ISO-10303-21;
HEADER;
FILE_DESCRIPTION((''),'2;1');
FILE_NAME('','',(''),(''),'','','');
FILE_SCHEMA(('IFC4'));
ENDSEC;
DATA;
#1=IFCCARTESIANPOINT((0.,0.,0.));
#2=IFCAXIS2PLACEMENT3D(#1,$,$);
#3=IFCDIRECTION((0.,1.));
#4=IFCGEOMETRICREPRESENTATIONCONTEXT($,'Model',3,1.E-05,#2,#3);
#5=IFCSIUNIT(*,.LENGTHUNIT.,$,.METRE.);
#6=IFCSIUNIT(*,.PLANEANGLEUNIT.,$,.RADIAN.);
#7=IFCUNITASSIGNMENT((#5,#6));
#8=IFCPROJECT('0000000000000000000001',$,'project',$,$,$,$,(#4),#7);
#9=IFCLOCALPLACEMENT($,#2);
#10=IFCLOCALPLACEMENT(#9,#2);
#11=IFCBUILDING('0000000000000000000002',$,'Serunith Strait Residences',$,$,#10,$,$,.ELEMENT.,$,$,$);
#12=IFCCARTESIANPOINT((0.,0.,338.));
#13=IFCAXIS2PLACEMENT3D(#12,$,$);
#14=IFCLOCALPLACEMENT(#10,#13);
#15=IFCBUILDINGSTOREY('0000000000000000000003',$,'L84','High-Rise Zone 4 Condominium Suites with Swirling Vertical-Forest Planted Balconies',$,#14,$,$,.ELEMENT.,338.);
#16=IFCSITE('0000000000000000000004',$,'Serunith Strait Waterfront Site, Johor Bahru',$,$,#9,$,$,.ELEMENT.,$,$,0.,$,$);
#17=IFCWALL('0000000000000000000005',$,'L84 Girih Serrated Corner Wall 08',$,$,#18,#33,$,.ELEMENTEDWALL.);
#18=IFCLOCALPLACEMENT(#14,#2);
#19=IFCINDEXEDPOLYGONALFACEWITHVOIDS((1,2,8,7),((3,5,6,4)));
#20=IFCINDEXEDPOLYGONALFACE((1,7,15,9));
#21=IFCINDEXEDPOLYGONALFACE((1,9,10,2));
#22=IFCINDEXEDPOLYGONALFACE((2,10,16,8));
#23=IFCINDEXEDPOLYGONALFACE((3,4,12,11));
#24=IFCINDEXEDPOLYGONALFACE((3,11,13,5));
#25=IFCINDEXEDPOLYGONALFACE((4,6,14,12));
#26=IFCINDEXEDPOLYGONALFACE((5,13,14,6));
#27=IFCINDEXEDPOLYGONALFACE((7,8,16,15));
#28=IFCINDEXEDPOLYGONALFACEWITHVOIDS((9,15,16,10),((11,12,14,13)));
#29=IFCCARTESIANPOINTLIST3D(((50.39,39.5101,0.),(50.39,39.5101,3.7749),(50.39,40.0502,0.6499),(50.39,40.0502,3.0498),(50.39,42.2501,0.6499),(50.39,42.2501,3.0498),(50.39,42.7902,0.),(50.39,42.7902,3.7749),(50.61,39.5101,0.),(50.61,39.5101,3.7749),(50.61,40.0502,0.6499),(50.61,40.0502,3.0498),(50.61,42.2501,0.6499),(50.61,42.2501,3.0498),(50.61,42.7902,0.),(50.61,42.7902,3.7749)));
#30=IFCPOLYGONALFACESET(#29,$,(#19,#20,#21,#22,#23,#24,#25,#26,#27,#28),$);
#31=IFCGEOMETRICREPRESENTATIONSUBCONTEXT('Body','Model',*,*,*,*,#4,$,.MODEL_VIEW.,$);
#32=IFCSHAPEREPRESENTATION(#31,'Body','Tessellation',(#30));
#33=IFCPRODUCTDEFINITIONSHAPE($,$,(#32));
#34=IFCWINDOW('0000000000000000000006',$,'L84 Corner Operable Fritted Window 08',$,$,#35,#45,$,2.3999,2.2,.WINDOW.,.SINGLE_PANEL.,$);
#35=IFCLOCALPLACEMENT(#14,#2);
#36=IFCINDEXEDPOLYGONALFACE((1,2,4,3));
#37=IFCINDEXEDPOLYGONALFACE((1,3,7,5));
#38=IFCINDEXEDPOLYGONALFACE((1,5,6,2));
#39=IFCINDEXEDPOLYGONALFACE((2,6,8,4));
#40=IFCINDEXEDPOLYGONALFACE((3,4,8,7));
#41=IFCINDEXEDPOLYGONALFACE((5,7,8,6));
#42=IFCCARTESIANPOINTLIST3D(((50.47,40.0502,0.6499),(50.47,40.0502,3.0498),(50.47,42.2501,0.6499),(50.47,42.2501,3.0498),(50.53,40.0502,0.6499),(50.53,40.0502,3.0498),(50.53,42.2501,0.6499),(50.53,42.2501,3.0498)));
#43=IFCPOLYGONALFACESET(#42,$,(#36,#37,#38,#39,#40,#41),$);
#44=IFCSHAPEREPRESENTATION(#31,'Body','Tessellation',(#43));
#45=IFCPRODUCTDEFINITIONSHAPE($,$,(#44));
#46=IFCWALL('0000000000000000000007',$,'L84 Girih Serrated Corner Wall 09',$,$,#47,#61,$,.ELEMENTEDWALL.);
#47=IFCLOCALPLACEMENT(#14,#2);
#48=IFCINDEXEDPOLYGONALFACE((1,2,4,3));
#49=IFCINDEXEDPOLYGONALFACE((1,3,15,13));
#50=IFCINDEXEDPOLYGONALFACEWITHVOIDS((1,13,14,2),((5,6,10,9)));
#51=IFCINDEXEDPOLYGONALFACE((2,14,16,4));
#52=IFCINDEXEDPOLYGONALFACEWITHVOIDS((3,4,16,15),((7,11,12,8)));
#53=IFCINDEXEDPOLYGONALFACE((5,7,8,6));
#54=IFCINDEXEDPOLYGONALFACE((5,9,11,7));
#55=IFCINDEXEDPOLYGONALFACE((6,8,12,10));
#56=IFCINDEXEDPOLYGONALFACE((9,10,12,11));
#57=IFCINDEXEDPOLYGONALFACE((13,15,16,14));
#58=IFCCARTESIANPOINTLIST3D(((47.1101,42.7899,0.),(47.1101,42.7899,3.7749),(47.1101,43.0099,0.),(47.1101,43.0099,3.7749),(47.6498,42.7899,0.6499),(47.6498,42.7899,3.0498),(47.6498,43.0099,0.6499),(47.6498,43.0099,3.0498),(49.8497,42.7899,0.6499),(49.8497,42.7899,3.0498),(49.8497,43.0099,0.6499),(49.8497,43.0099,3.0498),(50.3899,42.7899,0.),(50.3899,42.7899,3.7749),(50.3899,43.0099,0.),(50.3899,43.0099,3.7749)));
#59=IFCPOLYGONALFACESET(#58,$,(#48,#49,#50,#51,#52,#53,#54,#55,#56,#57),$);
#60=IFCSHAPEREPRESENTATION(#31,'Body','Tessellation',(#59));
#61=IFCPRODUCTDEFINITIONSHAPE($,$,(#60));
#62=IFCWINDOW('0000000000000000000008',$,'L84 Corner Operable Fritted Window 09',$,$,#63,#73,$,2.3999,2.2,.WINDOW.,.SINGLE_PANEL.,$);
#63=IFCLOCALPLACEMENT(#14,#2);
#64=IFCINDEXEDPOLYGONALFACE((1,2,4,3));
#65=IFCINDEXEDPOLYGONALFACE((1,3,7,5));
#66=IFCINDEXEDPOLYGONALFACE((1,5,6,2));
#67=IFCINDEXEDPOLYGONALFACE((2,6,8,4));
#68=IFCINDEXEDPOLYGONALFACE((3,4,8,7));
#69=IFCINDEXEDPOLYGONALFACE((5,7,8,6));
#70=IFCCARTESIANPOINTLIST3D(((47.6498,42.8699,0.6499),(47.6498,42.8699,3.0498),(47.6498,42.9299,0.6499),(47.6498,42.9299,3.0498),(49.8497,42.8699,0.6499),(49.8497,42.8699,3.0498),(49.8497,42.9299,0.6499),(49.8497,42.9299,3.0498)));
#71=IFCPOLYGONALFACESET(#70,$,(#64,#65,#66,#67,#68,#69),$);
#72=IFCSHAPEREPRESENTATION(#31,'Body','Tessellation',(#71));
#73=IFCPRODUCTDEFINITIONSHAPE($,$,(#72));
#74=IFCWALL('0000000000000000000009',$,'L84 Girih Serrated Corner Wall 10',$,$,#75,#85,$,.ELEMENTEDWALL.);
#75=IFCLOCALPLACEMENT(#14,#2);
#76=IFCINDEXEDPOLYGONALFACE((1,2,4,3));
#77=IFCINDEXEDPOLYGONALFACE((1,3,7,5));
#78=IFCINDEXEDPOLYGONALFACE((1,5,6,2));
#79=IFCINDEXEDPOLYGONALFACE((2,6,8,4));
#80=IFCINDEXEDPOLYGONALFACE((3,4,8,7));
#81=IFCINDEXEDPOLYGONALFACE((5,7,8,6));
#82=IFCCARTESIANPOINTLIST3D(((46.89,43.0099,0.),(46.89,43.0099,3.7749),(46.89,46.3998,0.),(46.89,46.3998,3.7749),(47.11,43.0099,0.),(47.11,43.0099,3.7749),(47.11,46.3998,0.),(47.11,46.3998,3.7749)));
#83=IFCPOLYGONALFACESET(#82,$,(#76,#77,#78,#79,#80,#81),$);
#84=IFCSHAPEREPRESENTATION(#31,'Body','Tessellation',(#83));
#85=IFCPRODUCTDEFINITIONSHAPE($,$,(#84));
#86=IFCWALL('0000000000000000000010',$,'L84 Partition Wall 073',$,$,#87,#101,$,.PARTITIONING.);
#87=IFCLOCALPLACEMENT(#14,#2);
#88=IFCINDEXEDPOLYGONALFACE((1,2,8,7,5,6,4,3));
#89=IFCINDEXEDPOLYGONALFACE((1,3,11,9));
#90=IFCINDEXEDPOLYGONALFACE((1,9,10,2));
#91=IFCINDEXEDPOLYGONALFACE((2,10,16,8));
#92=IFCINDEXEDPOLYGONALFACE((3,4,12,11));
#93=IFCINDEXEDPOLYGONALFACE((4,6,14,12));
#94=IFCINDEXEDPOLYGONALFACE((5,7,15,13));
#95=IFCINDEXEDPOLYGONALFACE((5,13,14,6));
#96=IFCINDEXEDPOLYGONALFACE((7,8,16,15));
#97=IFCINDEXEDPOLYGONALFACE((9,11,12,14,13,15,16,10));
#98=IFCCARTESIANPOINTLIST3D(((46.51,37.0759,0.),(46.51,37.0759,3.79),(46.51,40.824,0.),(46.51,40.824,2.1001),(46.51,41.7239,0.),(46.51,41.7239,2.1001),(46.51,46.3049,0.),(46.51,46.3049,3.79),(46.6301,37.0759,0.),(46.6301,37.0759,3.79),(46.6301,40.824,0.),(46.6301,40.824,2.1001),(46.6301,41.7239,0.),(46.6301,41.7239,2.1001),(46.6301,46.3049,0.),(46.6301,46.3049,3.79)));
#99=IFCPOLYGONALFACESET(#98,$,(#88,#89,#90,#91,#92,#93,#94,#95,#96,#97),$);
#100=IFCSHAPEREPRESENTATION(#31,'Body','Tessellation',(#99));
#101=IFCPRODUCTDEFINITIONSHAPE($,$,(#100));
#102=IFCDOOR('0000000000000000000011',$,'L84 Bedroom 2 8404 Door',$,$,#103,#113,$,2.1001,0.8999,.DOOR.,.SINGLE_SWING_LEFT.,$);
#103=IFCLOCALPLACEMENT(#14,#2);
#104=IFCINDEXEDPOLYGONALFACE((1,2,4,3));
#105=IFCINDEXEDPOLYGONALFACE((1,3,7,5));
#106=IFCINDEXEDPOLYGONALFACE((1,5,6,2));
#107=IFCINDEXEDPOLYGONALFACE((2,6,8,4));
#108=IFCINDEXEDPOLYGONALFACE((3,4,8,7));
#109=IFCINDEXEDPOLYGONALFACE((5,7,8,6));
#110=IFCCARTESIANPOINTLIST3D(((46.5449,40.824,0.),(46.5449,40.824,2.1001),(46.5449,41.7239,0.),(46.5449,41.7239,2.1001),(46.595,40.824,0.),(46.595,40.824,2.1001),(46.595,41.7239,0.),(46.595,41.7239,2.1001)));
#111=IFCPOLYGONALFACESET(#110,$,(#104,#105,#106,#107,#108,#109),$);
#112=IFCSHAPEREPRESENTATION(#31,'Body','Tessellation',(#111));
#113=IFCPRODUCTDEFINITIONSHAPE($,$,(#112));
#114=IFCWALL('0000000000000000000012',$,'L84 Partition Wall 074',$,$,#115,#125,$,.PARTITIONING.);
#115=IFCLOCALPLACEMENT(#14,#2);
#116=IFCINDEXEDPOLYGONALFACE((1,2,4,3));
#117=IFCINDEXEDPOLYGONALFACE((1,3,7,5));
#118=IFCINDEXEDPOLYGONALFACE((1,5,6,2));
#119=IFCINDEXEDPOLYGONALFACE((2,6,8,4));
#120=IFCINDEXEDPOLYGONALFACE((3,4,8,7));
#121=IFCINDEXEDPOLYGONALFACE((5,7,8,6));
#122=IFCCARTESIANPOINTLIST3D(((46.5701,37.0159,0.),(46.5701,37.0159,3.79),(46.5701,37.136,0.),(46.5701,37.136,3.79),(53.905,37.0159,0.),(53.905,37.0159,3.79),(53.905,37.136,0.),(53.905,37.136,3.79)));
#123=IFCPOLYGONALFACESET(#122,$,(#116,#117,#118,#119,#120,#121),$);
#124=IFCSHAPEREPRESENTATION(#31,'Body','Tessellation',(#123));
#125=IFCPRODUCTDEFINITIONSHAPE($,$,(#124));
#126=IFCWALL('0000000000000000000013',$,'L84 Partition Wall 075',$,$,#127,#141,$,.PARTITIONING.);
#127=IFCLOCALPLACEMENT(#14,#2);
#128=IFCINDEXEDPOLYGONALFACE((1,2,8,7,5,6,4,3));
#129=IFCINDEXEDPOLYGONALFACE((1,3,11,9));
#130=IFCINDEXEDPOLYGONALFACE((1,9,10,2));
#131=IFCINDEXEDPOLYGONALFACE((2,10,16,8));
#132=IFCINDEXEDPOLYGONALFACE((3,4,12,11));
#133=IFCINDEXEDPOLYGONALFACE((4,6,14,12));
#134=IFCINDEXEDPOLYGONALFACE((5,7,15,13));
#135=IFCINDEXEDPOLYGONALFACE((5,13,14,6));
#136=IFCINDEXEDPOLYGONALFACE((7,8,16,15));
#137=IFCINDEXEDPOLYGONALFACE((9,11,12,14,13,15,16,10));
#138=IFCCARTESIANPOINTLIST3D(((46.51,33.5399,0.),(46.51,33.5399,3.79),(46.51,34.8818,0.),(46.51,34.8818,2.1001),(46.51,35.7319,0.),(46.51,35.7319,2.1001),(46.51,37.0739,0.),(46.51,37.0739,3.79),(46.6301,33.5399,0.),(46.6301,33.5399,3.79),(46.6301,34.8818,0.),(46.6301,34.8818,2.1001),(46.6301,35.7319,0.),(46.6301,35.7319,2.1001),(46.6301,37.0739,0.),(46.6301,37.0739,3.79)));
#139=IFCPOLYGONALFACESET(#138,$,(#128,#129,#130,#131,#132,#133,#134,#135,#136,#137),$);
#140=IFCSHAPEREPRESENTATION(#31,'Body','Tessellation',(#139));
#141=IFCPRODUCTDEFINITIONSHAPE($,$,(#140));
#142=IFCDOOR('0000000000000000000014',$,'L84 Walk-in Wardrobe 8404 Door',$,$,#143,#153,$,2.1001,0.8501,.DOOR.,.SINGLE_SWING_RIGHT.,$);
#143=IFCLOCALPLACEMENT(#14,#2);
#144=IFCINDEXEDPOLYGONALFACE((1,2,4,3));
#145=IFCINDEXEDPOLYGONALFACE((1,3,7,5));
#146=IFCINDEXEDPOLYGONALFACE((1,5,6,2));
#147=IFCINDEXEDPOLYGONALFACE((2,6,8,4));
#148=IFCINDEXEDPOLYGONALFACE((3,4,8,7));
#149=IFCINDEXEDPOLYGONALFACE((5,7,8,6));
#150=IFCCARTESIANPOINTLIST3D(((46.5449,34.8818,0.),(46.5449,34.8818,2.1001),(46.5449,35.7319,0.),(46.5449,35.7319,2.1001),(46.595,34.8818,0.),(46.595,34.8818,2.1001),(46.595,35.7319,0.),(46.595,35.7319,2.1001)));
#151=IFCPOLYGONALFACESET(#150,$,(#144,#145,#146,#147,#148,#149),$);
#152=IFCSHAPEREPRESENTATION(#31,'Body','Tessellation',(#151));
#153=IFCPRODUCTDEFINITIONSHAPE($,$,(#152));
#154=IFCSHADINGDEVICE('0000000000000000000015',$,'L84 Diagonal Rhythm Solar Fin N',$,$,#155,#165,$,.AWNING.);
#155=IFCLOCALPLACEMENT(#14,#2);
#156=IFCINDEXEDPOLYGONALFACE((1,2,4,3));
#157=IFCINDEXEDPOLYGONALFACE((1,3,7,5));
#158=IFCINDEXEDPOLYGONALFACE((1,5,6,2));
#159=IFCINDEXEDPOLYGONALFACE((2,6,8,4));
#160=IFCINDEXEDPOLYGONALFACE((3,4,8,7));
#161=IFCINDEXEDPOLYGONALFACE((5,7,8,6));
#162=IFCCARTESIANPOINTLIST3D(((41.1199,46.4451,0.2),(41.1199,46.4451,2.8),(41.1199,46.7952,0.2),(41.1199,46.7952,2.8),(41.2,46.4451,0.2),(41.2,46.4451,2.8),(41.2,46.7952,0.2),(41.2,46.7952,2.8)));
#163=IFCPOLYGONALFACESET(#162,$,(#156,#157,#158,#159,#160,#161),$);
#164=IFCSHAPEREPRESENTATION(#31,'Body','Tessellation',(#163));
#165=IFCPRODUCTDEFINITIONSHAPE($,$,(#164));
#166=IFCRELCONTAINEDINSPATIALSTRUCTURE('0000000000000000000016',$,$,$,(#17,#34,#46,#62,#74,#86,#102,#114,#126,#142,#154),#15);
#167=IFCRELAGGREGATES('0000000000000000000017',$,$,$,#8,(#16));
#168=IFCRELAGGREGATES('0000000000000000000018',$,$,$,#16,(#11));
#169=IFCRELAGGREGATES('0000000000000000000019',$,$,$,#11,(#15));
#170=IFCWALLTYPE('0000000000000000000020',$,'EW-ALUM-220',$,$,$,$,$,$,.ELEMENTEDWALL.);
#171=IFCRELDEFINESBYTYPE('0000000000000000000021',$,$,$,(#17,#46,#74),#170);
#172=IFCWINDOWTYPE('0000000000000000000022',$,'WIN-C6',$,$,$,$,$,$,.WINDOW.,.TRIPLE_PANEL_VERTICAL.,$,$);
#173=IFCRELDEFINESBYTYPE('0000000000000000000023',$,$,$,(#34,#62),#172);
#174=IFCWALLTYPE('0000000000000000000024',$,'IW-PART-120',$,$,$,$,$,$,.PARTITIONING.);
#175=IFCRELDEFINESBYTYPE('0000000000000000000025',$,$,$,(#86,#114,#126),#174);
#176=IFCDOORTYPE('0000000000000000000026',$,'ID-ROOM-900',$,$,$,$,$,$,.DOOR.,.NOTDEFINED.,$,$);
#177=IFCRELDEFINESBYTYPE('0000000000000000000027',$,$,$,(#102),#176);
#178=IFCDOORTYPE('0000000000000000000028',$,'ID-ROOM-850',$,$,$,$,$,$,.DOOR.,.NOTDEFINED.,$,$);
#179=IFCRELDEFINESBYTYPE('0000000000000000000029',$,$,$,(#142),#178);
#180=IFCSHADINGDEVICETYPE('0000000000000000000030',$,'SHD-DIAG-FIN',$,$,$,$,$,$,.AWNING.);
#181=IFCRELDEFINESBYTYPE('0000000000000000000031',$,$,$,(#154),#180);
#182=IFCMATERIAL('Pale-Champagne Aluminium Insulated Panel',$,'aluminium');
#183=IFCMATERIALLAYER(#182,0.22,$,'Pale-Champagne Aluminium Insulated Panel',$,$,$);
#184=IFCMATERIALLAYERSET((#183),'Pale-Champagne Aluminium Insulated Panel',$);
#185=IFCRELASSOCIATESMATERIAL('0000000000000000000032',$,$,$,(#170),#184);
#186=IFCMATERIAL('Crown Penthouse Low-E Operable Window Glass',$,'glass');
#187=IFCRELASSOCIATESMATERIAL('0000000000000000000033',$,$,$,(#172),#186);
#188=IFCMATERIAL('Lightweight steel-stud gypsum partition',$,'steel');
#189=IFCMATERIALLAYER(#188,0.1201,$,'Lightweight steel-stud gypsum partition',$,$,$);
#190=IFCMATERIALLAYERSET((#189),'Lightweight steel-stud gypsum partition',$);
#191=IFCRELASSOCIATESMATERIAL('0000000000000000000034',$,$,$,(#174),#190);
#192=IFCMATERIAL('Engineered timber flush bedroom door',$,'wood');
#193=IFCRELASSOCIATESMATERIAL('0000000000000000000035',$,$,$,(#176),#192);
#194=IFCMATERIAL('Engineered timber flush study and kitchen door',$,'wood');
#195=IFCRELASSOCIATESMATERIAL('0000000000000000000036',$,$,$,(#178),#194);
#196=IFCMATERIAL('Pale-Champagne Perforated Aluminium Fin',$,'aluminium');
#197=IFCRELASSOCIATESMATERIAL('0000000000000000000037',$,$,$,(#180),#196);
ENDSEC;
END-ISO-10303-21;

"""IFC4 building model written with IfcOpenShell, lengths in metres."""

from ifc_helpers import new_model, si_unit, direction, frame, frame_2d, origin, origin_2d, place, context, subcontext, project, spatial, rectangle, extrude, source, transform, mapped, material, layer, layer_set, type_object, element, fill, save


model = new_model("IFC4")

# Units and contexts
model_context = context("Model", 3, precision=1e-05, world=origin(), true_north=direction((0.0, 1.0)))
body_context = subcontext(model_context, "Body", "Model", "MODEL_VIEW")
ifc_project = project(units=[si_unit("LENGTHUNIT", "METRE"), si_unit("PLANEANGLEUNIT", "RADIAN")], contexts=[model_context])

# Site, building, storey
site_placement = place(None, origin())
site = spatial("IfcSite", under=ifc_project, at=site_placement, Name="Serunith Strait Waterfront Site, Johor Bahru", CompositionType="ELEMENT", RefElevation=0.0)
building_placement = place(site_placement, origin())
building = spatial("IfcBuilding", under=site, at=building_placement, Name="Serunith Strait Residences", CompositionType="ELEMENT")
storey_placement = place(building_placement, frame((0.0, 0.0, 338.0)))
storey = spatial("IfcBuildingStorey", under=building, at=storey_placement, Name="L84", Description="High-Rise Zone 4 Condominium Suites with Swirling Vertical-Forest Planted Balconies", CompositionType="ELEMENT", Elevation=338.0)

# Walls, openings, windows
ifc_material_1 = material(Name="Pale-Champagne Aluminium Insulated Panel", Category="aluminium")
ifc_layer_1 = layer(ifc_material_1, 0.22, Name="Pale-Champagne Aluminium Insulated Panel")
ifc_layer_set_1 = layer_set([ifc_layer_1], Name="Pale-Champagne Aluminium Insulated Panel")
wall_type_1 = type_object("IfcWallType", Name="EW-ALUM-220", PredefinedType="ELEMENTEDWALL", material=ifc_layer_set_1)
ifc_material_2 = material(Name="Crown Penthouse Low-E Operable Window Glass", Category="glass")
window_type = type_object("IfcWindowType", Name="WIN-C6", PartitioningType="TRIPLE_PANEL_VERTICAL", PredefinedType="WINDOW", material=ifc_material_2)
shared_shape_1 = source(origin(), body_context, "Body", "SweptSolid", [
    extrude(rectangle(XDim=2.2, YDim=2.3999, at=frame_2d((1.1001, 1.2))), frame((0.0, 0.03, 0.0), z_axis=(0.0, -1.0, 0.0), x_axis=(1.0, 0.0, 0.0)), (0.0, 0.0, 1.0), 0.0601),
])
wall_1_placement = place(storey_placement, frame((50.5, 39.51, 0.0), z_axis=(0.0, 0.0, 1.0), x_axis=(0.0, 1.0, 0.0)))
wall_1 = element("IfcWall", 1, at=wall_1_placement, inside=storey, type_object=wall_type_1, Name="L84 Girih Serrated Corner Wall 08", PredefinedType="ELEMENTEDWALL", context=body_context, shape_type="SweptSolid", body=[
    extrude(rectangle(XDim=3.28, YDim=0.22, at=frame_2d((1.6401, 0.0))), origin(), (0.0, 0.0, 1.0), 3.7749),
])
opening_1_placement = place(wall_1_placement, frame((0.54, 0.0, 0.6499)))
opening_1 = element("IfcOpeningElement", 2, at=opening_1_placement, cuts=wall_1, PredefinedType="OPENING", context=body_context, shape_type="SweptSolid", body=[
    extrude(rectangle(XDim=2.2, YDim=2.3999, at=frame_2d((1.1001, 1.2))), frame((0.0, 0.1201, 0.0), z_axis=(0.0, -1.0, 0.0), x_axis=(1.0, 0.0, 0.0)), (0.0, 0.0, 1.0), 0.24),
])
window_1_placement = place(opening_1_placement, origin())
window_1 = element("IfcWindow", 3, at=window_1_placement, inside=storey, type_object=window_type, Name="L84 Corner Operable Fritted Window 08", OverallHeight=2.3999, OverallWidth=2.2, PartitioningType="SINGLE_PANEL", PredefinedType="WINDOW", context=body_context, shape_type="MappedRepresentation", body=[
    mapped(shared_shape_1, transform((0.0, 0.0, 0.0), scale=1.0)),
])
fill(opening_1, window_1)
wall_2_placement = place(storey_placement, frame((50.3899, 42.8999, 0.0), z_axis=(0.0, 0.0, 1.0), x_axis=(-1.0, 0.0, 0.0)))
wall_2 = element("IfcWall", 4, at=wall_2_placement, inside=storey, type_object=wall_type_1, Name="L84 Girih Serrated Corner Wall 09", PredefinedType="ELEMENTEDWALL", context=body_context, shape_type="SweptSolid", body=[
    extrude(rectangle(XDim=3.2798, YDim=0.22, at=frame_2d((1.6399, 0.0))), origin(), (0.0, 0.0, 1.0), 3.7749),
])
opening_2_placement = place(wall_2_placement, frame((0.54, 0.0, 0.6499)))
opening_2 = element("IfcOpeningElement", 5, at=opening_2_placement, cuts=wall_2, PredefinedType="OPENING", context=body_context, shape_type="SweptSolid", body=[
    extrude(rectangle(XDim=2.2, YDim=2.3999, at=frame_2d((1.1001, 1.2))), frame((0.0, 0.1201, 0.0), z_axis=(0.0, -1.0, 0.0), x_axis=(1.0, 0.0, 0.0)), (0.0, 0.0, 1.0), 0.24),
])
window_2_placement = place(opening_2_placement, origin())
window_2 = element("IfcWindow", 6, at=window_2_placement, inside=storey, type_object=window_type, Name="L84 Corner Operable Fritted Window 09", OverallHeight=2.3999, OverallWidth=2.2, PartitioningType="SINGLE_PANEL", PredefinedType="WINDOW", context=body_context, shape_type="MappedRepresentation", body=[
    mapped(shared_shape_1, transform((0.0, 0.0, 0.0), scale=1.0)),
])
fill(opening_2, window_2)

# Wall
wall_3_placement = place(storey_placement, frame((47.0, 43.01, 0.0), z_axis=(0.0, 0.0, 1.0), x_axis=(0.0, 1.0, 0.0)))
element("IfcWall", 7, at=wall_3_placement, inside=storey, type_object=wall_type_1, Name="L84 Girih Serrated Corner Wall 10", PredefinedType="ELEMENTEDWALL", context=body_context, shape_type="SweptSolid", body=[
    extrude(rectangle(XDim=3.3899, YDim=0.22, at=frame_2d((1.6948, 0.0))), origin(), (0.0, 0.0, 1.0), 3.7749),
])

# Wall, opening, door
ifc_material_3 = material(Name="Lightweight steel-stud gypsum partition", Category="steel")
ifc_layer_2 = layer(ifc_material_3, 0.1201, Name="Lightweight steel-stud gypsum partition")
ifc_layer_set_2 = layer_set([ifc_layer_2], Name="Lightweight steel-stud gypsum partition")
wall_type_2 = type_object("IfcWallType", Name="IW-PART-120", PredefinedType="PARTITIONING", material=ifc_layer_set_2)
wall_4_placement = place(storey_placement, frame((46.5701, 46.3049, 0.0), z_axis=(0.0, 0.0, 1.0), x_axis=(0.0, -1.0, 0.0)))
wall_4 = element("IfcWall", 8, at=wall_4_placement, inside=storey, type_object=wall_type_2, Name="L84 Partition Wall 073", PredefinedType="PARTITIONING", context=body_context, shape_type="SweptSolid", body=[
    extrude(rectangle(XDim=9.229, YDim=0.1201, at=frame_2d((4.6145, 0.0))), origin(), (0.0, 0.0, 1.0), 3.79),
])
opening_3_placement = place(wall_4_placement, frame((4.5811, 0.0, 0.0)))
opening_3 = element("IfcOpeningElement", 9, at=opening_3_placement, cuts=wall_4, PredefinedType="OPENING", context=body_context, shape_type="SweptSolid", body=[
    extrude(rectangle(XDim=0.8999, YDim=2.1001, at=frame_2d((0.45, 1.05))), frame((0.0, 0.0701, 0.0), z_axis=(0.0, -1.0, 0.0), x_axis=(1.0, 0.0, 0.0)), (0.0, 0.0, 1.0), 0.1401),
])
ifc_material_4 = material(Name="Engineered timber flush bedroom door", Category="wood")
door_type_1 = type_object("IfcDoorType", Name="ID-ROOM-900", OperationType="NOTDEFINED", PredefinedType="DOOR", material=ifc_material_4)
shared_shape_2 = source(origin(), body_context, "Body", "SweptSolid", [
    extrude(rectangle(XDim=0.8999, YDim=2.1001, at=frame_2d((0.45, 1.05))), frame((0.0, 0.0249, 0.0), z_axis=(0.0, -1.0, 0.0), x_axis=(1.0, 0.0, 0.0)), (0.0, 0.0, 1.0), 0.05),
])
door_1_placement = place(opening_3_placement, origin())
door_1 = element("IfcDoor", 10, at=door_1_placement, inside=storey, type_object=door_type_1, Name="L84 Bedroom 2 8404 Door", OperationType="SINGLE_SWING_LEFT", OverallHeight=2.1001, OverallWidth=0.8999, PredefinedType="DOOR", context=body_context, shape_type="MappedRepresentation", body=[
    mapped(shared_shape_2, transform((0.0, 0.0, 0.0), scale=1.0)),
])
fill(opening_3, door_1)

# Wall
wall_5_placement = place(storey_placement, frame((46.5701, 37.0759, 0.0), z_axis=(0.0, 0.0, 1.0), x_axis=(1.0, 0.0, 0.0)))
element("IfcWall", 11, at=wall_5_placement, inside=storey, type_object=wall_type_2, Name="L84 Partition Wall 074", PredefinedType="PARTITIONING", context=body_context, shape_type="SweptSolid", body=[
    extrude(rectangle(XDim=7.335, YDim=0.1201, at=frame_2d((3.6675, 0.0))), origin(), (0.0, 0.0, 1.0), 3.79),
])

# Wall, opening, door
wall_6_placement = place(storey_placement, frame((46.5701, 37.074, 0.0), z_axis=(0.0, 0.0, 1.0), x_axis=(0.0, -1.0, 0.0)))
wall_6 = element("IfcWall", 12, at=wall_6_placement, inside=storey, type_object=wall_type_2, Name="L84 Partition Wall 075", PredefinedType="PARTITIONING", context=body_context, shape_type="SweptSolid", body=[
    extrude(rectangle(XDim=3.5339, YDim=0.1201, at=frame_2d((1.7671, 0.0))), origin(), (0.0, 0.0, 1.0), 3.79),
])
opening_4_placement = place(wall_6_placement, frame((1.342, 0.0, 0.0)))
opening_4 = element("IfcOpeningElement", 13, at=opening_4_placement, cuts=wall_6, PredefinedType="OPENING", context=body_context, shape_type="SweptSolid", body=[
    extrude(rectangle(XDim=0.8501, YDim=2.1001, at=frame_2d((0.425, 1.05))), frame((0.0, 0.0701, 0.0), z_axis=(0.0, -1.0, 0.0), x_axis=(1.0, 0.0, 0.0)), (0.0, 0.0, 1.0), 0.1401),
])
ifc_material_5 = material(Name="Engineered timber flush study and kitchen door", Category="wood")
door_type_2 = type_object("IfcDoorType", Name="ID-ROOM-850", OperationType="NOTDEFINED", PredefinedType="DOOR", material=ifc_material_5)
shared_shape_3 = source(origin(), body_context, "Body", "SweptSolid", [
    extrude(rectangle(XDim=0.8501, YDim=2.1001, at=frame_2d((0.425, 1.05))), frame((0.0, 0.0249, 0.0), z_axis=(0.0, -1.0, 0.0), x_axis=(1.0, 0.0, 0.0)), (0.0, 0.0, 1.0), 0.05),
])
door_2_placement = place(opening_4_placement, origin())
door_2 = element("IfcDoor", 14, at=door_2_placement, inside=storey, type_object=door_type_2, Name="L84 Walk-in Wardrobe 8404 Door", OperationType="SINGLE_SWING_RIGHT", OverallHeight=2.1001, OverallWidth=0.8501, PredefinedType="DOOR", context=body_context, shape_type="MappedRepresentation", body=[
    mapped(shared_shape_3, transform((0.0, 0.0, 0.0), scale=1.0)),
])
fill(opening_4, door_2)

# Shading device
ifc_material_6 = material(Name="Pale-Champagne Perforated Aluminium Fin", Category="aluminium")
shading_device_type = type_object("IfcShadingDeviceType", Name="SHD-DIAG-FIN", PredefinedType="AWNING", material=ifc_material_6)
shared_shape_4 = source(origin(), body_context, "Body", "SweptSolid", [
    extrude(rectangle(XDim=0.0801, YDim=0.3501, at=origin_2d()), origin(), (0.0, 0.0, 1.0), 2.6001),
])
shading_device_placement = place(storey_placement, frame((41.1599, 46.6201, 0.2), z_axis=(0.0, 0.0, 1.0), x_axis=(1.0, 0.0, 0.0)))
element("IfcShadingDevice", 15, at=shading_device_placement, inside=storey, type_object=shading_device_type, Name="L84 Diagonal Rhythm Solar Fin N", PredefinedType="AWNING", context=body_context, shape_type="MappedRepresentation", body=[
    mapped(shared_shape_4, transform((0.0, 0.0, 0.0), scale=1.0)),
])

save(model, "model.ifc")
